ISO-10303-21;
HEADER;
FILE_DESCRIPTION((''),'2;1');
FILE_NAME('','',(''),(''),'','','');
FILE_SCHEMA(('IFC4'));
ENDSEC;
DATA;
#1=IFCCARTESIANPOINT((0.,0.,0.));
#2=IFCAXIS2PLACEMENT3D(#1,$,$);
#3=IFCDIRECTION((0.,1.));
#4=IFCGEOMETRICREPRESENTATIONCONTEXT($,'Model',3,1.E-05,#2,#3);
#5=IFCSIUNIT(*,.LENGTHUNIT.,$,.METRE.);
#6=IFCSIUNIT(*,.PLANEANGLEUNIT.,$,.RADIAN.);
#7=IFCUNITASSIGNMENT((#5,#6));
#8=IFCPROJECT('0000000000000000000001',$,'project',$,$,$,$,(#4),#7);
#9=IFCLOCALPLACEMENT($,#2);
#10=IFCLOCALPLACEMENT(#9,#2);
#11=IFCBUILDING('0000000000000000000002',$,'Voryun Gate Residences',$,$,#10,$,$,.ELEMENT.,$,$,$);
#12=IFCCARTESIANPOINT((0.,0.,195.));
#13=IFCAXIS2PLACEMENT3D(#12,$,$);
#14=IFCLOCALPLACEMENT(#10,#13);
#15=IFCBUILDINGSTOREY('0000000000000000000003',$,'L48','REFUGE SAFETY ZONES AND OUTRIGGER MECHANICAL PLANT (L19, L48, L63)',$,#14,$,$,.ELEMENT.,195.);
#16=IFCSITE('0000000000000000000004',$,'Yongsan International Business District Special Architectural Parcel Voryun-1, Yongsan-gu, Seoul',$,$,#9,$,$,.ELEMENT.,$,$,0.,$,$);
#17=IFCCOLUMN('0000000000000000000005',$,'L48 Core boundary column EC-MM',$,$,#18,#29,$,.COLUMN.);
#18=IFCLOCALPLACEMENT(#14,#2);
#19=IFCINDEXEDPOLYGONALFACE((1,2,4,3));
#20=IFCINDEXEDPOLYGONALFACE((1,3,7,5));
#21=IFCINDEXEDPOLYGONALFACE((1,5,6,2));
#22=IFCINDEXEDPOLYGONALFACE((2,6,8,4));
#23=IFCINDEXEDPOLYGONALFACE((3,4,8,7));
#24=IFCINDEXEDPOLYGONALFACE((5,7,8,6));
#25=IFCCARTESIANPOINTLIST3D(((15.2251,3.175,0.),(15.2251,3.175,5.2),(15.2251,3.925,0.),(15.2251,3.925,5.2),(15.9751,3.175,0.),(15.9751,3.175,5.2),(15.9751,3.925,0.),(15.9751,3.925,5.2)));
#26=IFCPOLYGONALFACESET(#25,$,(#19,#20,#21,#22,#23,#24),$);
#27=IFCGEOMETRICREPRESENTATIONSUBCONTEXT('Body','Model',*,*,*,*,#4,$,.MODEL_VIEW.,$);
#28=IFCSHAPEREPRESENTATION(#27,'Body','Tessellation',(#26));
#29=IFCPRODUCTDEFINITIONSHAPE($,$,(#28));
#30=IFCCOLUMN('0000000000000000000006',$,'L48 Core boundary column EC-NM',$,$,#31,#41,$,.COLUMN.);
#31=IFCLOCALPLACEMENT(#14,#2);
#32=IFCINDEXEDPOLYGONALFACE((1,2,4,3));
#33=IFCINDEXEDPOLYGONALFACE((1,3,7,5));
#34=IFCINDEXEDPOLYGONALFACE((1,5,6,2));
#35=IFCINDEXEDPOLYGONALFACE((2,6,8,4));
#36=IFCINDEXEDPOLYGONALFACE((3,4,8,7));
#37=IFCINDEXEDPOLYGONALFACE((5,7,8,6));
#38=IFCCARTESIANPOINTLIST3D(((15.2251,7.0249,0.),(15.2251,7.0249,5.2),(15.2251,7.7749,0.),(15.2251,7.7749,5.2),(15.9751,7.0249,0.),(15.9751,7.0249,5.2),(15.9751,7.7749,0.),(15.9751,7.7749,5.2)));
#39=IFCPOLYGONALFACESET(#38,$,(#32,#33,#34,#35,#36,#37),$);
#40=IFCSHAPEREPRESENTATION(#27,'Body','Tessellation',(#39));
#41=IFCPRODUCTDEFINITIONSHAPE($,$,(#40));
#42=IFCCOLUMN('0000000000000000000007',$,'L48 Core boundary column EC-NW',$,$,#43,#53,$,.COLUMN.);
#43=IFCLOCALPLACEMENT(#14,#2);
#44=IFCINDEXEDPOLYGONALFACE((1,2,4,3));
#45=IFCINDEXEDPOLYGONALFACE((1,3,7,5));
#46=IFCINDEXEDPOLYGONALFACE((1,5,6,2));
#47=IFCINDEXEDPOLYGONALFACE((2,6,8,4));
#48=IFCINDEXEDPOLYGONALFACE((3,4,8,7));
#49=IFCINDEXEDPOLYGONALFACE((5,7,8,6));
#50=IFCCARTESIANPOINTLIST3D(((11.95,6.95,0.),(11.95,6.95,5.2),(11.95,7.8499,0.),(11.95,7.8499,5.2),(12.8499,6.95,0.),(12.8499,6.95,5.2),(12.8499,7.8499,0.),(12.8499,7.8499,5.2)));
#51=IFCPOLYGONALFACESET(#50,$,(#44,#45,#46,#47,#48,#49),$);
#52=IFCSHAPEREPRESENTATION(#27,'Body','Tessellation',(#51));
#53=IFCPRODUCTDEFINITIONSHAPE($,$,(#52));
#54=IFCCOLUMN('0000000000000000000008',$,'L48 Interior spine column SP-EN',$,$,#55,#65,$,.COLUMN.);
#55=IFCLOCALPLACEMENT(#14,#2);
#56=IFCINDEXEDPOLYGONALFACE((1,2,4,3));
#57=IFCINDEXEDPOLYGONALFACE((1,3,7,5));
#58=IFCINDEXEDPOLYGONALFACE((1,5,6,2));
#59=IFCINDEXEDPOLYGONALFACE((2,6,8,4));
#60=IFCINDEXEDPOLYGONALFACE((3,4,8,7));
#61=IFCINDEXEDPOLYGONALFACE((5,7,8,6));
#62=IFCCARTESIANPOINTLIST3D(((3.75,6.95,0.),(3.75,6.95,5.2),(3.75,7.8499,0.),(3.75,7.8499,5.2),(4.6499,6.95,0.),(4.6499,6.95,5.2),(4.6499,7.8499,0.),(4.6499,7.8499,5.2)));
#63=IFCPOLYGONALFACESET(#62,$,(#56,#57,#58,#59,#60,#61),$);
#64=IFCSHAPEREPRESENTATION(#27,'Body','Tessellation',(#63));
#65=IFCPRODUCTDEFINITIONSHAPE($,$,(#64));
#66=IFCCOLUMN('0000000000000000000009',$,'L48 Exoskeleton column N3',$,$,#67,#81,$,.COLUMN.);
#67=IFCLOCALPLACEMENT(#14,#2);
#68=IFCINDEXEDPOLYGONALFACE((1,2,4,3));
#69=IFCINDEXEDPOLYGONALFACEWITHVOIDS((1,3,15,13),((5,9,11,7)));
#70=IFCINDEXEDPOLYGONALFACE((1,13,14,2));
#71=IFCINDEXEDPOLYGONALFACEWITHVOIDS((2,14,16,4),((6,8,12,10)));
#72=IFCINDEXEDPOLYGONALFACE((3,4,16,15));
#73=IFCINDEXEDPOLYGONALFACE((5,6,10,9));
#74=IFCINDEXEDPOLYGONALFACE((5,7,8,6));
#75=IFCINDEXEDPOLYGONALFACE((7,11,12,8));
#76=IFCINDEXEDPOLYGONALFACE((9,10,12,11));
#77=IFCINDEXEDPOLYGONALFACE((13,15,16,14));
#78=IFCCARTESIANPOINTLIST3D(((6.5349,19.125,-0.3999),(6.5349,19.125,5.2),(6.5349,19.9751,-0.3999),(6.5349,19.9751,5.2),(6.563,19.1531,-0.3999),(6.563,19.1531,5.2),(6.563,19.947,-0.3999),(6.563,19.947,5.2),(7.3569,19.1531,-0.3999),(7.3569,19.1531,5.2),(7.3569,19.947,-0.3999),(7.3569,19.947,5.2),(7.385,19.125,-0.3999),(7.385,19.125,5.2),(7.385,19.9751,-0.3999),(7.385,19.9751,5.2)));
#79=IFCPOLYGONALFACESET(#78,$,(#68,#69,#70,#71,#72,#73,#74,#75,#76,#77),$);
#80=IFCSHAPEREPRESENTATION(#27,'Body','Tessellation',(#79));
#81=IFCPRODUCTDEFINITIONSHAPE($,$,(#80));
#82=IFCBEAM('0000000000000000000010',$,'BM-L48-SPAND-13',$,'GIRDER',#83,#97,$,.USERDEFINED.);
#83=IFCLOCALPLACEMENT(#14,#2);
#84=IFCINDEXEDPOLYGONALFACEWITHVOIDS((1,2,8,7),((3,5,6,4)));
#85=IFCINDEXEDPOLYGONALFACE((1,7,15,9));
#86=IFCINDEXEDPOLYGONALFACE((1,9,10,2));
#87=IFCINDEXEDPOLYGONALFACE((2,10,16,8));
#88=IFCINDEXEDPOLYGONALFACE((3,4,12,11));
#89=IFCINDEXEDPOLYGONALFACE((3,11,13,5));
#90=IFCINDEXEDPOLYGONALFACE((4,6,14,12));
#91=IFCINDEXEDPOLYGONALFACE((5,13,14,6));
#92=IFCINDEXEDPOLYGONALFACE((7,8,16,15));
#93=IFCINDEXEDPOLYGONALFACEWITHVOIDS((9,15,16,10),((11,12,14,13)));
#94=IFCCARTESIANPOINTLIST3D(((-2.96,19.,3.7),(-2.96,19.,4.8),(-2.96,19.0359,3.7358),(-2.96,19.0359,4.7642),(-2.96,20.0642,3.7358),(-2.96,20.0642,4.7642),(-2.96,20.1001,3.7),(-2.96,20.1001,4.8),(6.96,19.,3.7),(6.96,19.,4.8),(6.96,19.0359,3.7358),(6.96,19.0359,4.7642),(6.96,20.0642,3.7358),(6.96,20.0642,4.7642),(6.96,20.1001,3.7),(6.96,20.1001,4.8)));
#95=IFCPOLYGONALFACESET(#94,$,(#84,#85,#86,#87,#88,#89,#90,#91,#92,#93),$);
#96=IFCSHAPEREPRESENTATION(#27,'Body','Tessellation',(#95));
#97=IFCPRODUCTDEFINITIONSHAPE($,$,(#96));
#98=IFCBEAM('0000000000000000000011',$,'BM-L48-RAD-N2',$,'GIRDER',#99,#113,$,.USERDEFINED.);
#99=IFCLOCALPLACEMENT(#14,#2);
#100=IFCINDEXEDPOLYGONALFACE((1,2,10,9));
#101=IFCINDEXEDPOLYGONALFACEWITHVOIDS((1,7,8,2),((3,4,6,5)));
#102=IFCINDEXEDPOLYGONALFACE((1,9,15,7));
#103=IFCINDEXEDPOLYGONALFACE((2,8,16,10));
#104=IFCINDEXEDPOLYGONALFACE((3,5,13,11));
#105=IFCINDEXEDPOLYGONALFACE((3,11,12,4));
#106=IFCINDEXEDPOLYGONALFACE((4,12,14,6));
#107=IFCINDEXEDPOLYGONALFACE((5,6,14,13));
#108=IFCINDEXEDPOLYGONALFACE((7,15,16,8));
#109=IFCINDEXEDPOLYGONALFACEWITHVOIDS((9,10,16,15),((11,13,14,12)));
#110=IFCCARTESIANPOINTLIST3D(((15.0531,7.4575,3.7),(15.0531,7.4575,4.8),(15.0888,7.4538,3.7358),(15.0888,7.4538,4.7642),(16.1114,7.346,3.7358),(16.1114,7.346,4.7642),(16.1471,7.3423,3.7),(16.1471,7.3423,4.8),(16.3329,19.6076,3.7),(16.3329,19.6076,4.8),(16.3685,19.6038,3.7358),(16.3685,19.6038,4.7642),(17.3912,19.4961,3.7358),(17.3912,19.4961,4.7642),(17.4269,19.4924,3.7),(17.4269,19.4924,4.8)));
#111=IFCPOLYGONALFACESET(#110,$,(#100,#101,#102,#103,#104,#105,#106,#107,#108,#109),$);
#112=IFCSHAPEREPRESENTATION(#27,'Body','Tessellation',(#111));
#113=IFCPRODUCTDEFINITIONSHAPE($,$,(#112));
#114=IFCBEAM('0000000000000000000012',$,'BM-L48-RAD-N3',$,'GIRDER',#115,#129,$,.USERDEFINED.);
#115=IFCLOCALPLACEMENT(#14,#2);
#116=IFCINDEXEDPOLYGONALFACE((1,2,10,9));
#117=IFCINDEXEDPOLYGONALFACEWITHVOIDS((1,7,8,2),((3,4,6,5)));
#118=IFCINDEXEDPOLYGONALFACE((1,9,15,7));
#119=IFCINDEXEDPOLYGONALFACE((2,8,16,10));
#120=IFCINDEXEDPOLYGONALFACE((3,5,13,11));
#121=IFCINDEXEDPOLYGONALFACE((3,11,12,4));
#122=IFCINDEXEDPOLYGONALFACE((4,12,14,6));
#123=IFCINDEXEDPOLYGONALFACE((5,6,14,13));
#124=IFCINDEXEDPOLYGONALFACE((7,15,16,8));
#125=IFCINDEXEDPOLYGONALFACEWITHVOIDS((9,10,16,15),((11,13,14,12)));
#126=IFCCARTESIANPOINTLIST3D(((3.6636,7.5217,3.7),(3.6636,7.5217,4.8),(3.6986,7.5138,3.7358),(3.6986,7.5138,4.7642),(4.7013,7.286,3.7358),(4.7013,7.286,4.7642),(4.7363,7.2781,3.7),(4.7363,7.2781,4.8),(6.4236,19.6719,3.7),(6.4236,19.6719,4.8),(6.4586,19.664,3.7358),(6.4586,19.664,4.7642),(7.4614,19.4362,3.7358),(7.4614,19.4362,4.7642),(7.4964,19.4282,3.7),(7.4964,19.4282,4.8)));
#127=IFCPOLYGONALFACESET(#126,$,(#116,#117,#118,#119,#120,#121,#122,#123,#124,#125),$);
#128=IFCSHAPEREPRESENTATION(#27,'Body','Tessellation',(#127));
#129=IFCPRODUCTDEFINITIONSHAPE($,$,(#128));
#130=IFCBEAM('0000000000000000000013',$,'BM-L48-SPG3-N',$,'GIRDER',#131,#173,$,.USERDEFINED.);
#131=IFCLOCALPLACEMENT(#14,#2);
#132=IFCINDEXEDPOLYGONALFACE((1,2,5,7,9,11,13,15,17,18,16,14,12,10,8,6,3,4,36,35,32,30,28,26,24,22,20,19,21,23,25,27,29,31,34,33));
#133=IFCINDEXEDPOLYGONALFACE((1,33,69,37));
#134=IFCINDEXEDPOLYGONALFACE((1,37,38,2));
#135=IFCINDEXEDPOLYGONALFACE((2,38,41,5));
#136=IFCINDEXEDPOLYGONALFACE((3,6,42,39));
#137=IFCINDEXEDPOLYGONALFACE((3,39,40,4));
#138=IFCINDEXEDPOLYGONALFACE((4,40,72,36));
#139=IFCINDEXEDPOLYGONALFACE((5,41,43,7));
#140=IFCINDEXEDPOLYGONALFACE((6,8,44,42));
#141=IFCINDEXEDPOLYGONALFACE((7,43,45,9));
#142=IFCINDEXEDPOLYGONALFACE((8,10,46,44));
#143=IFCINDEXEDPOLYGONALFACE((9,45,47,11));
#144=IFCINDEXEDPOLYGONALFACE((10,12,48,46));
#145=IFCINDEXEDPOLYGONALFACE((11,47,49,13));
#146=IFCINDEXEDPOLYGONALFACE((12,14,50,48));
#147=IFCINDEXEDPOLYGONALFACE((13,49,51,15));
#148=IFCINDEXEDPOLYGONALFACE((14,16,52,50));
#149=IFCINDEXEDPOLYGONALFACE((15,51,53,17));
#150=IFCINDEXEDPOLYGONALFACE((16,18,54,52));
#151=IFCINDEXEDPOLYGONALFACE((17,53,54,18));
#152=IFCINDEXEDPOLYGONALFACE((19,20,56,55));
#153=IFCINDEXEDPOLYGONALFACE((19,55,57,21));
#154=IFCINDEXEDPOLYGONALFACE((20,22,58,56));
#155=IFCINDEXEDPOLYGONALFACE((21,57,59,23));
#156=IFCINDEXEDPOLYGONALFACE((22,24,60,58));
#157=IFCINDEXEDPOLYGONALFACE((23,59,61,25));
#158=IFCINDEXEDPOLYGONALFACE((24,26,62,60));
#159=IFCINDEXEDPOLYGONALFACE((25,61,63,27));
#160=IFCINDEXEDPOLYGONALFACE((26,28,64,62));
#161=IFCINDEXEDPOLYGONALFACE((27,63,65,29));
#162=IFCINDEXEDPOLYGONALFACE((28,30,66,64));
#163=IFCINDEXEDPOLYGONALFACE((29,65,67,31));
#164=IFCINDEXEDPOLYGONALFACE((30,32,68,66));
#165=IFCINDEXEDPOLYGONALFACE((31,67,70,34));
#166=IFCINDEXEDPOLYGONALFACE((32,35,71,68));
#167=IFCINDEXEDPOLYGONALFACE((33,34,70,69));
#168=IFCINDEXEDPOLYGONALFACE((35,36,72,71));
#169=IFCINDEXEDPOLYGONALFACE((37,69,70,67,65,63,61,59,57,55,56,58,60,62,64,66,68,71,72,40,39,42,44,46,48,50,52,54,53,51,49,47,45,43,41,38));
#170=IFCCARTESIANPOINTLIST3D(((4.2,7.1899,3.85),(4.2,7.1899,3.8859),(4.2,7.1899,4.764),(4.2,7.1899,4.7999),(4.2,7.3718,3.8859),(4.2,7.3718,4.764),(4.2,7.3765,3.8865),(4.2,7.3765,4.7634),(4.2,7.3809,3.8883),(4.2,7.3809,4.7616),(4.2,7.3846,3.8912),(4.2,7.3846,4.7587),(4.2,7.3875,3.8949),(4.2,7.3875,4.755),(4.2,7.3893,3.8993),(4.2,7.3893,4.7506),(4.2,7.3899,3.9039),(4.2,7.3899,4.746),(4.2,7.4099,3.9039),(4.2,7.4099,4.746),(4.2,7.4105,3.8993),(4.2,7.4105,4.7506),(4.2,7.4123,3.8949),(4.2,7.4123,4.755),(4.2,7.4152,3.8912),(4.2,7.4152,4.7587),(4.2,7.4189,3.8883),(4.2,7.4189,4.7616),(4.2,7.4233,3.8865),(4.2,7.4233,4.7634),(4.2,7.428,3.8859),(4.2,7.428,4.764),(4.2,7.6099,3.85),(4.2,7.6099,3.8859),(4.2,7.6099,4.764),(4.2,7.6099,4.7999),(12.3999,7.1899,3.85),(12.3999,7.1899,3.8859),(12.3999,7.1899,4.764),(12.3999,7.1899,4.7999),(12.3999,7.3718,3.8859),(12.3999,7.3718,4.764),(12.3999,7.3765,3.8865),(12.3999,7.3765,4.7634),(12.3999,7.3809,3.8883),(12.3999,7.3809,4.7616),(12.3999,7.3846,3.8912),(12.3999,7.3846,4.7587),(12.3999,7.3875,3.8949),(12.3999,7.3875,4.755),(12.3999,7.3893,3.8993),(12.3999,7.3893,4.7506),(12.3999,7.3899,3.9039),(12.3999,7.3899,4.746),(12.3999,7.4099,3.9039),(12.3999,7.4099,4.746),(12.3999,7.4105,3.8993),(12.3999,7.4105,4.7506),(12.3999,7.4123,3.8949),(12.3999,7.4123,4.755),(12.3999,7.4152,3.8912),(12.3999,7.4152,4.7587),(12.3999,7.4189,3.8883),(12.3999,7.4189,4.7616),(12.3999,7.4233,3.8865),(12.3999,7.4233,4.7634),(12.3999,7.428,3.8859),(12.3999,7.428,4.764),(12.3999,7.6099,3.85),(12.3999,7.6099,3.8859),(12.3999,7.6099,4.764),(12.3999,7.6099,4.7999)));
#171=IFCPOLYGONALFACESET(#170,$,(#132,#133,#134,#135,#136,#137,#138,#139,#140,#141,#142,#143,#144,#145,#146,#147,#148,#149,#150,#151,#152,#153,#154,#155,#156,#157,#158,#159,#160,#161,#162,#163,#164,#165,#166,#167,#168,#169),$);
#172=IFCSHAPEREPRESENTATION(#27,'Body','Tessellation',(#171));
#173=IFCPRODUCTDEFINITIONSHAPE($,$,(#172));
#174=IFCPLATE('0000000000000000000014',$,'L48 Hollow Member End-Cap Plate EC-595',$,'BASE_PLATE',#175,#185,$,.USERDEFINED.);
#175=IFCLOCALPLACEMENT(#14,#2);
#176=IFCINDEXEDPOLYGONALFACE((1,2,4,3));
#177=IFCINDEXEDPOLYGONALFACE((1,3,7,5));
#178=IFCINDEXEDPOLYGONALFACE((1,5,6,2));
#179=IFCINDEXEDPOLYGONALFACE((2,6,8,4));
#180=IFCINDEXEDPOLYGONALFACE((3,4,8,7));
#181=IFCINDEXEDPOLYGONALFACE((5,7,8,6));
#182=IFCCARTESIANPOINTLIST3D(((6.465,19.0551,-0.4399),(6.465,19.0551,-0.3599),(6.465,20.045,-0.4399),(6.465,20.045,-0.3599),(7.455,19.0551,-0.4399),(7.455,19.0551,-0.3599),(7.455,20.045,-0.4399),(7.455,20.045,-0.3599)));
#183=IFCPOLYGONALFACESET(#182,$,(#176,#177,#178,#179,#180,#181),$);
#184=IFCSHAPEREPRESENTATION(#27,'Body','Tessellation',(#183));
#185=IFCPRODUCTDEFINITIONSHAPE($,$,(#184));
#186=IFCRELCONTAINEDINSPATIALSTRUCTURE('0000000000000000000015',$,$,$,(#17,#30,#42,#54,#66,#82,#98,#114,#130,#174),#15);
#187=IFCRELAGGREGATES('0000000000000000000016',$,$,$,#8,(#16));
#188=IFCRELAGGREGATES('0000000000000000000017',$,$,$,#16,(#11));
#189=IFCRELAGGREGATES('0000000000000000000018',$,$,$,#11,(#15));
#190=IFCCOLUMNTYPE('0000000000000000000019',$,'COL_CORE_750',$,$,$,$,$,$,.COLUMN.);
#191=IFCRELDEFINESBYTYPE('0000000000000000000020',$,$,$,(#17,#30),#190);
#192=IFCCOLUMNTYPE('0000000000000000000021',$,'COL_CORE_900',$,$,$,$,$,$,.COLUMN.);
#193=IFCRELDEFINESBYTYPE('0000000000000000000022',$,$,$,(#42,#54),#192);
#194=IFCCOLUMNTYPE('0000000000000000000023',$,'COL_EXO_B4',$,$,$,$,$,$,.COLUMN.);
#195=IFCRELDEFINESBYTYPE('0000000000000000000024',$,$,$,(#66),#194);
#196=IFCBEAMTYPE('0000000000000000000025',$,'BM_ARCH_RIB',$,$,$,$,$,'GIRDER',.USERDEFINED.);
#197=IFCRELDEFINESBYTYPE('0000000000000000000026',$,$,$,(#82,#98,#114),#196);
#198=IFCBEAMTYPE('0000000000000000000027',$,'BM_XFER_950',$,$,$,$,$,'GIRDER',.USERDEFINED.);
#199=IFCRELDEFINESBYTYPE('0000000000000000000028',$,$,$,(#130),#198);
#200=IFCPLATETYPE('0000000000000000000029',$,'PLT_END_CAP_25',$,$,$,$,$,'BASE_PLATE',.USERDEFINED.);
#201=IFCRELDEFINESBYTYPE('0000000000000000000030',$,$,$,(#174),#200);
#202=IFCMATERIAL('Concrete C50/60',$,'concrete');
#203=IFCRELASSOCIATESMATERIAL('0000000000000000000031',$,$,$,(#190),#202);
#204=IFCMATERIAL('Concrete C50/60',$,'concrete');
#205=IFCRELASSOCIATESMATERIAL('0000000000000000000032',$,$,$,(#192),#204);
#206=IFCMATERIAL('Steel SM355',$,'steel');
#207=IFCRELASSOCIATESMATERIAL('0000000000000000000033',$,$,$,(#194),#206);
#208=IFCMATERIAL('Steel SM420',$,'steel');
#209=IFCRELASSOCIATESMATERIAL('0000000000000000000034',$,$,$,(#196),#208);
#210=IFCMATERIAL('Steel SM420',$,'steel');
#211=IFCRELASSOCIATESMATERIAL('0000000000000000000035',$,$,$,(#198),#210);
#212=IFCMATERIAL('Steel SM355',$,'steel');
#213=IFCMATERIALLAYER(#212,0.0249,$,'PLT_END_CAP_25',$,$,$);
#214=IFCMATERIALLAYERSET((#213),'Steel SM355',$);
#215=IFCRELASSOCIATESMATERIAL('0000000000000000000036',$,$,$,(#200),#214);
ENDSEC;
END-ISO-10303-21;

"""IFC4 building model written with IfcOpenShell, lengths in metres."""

from ifc_helpers import new_model, si_unit, direction, frame, origin, origin_2d, place, context, subcontext, project, spatial, rectangle, hollow_rectangle, i_section, extrude, material, layer, layer_set, material_profile, profile_set, type_object, element, save


model = new_model("IFC4")

# Units and contexts
model_context = context("Model", 3, precision=1e-05, world=origin(), true_north=direction((0.0, 1.0)))
body_context = subcontext(model_context, "Body", "Model", "MODEL_VIEW")
ifc_project = project(units=[si_unit("LENGTHUNIT", "METRE"), si_unit("PLANEANGLEUNIT", "RADIAN")], contexts=[model_context])

# Site, building, storey
site_placement = place(None, origin())
site = spatial("IfcSite", under=ifc_project, at=site_placement, Name="Yongsan International Business District Special Architectural Parcel Voryun-1, Yongsan-gu, Seoul", CompositionType="ELEMENT", RefElevation=0.0)
building_placement = place(site_placement, origin())
building = spatial("IfcBuilding", under=site, at=building_placement, Name="Voryun Gate Residences", CompositionType="ELEMENT")
storey_placement = place(building_placement, frame((0.0, 0.0, 195.0)))
storey = spatial("IfcBuildingStorey", under=building, at=storey_placement, Name="L48", Description="REFUGE SAFETY ZONES AND OUTRIGGER MECHANICAL PLANT (L19, L48, L63)", CompositionType="ELEMENT", Elevation=195.0)

# Columns
ifc_material_1 = material(Name="Concrete C50/60", Category="concrete")
ifc_material_profile_1 = material_profile(ifc_material_1, rectangle(XDim=0.75, YDim=0.75, at=origin_2d()), Name="RC-750x750")
ifc_profile_set_1 = profile_set([ifc_material_profile_1], Name="Concrete C50/60")
column_type_1 = type_object("IfcColumnType", Name="COL_CORE_750", PredefinedType="COLUMN", material=ifc_profile_set_1)
for number, where, z_axis, x_axis, name in (
    (1, (15.6001, 3.55, 0.0), (0.0, 0.0, 1.0), (1.0, 0.0, 0.0), "L48 Core boundary column EC-MM"),
    (2, (15.6001, 7.3999, 0.0), (0.0, 0.0, 1.0), (1.0, 0.0, 0.0), "L48 Core boundary column EC-NM"),
):
    element("IfcColumn", number, at=place(storey_placement, frame(where, z_axis=z_axis, x_axis=x_axis)), inside=storey, type_object=column_type_1, Name=name, PredefinedType="COLUMN", context=body_context, shape_type="SweptSolid", body=[
        extrude(rectangle(XDim=0.75, YDim=0.75, at=origin_2d()), origin(), (0.0, 0.0, 1.0), 5.2),
    ])
ifc_material_2 = material(Name="Concrete C50/60", Category="concrete")
ifc_material_profile_2 = material_profile(ifc_material_2, rectangle(XDim=0.8999, YDim=0.8999, at=origin_2d()), Name="RC-900x900")
ifc_profile_set_2 = profile_set([ifc_material_profile_2], Name="Concrete C50/60")
column_type_2 = type_object("IfcColumnType", Name="COL_CORE_900", PredefinedType="COLUMN", material=ifc_profile_set_2)
for number, where, z_axis, x_axis, name in (
    (3, (12.3999, 7.3999, 0.0), (0.0, 0.0, 1.0), (1.0, 0.0, 0.0), "L48 Core boundary column EC-NW"),
    (4, (4.2, 7.3999, 0.0), (0.0, 0.0, 1.0), (1.0, 0.0, 0.0), "L48 Interior spine column SP-EN"),
):
    element("IfcColumn", number, at=place(storey_placement, frame(where, z_axis=z_axis, x_axis=x_axis)), inside=storey, type_object=column_type_2, Name=name, PredefinedType="COLUMN", context=body_context, shape_type="SweptSolid", body=[
        extrude(rectangle(XDim=0.8999, YDim=0.8999, at=origin_2d()), origin(), (0.0, 0.0, 1.0), 5.2),
    ])
ifc_material_3 = material(Name="Steel SM355", Category="steel")
ifc_material_profile_3 = material_profile(ifc_material_3, hollow_rectangle(XDim=0.8501, YDim=0.8501, WallThickness=0.0281, at=origin_2d()), Name="BOX-850x850x28")
ifc_profile_set_3 = profile_set([ifc_material_profile_3], Name="Steel SM355")
column_type_3 = type_object("IfcColumnType", Name="COL_EXO_B4", PredefinedType="COLUMN", material=ifc_profile_set_3)
column_placement = place(storey_placement, frame((6.96, 19.55, -0.3999), z_axis=(0.0, 0.0, 1.0), x_axis=(1.0, 0.0, 0.0)))
element("IfcColumn", 5, at=column_placement, inside=storey, type_object=column_type_3, Name="L48 Exoskeleton column N3", PredefinedType="COLUMN", context=body_context, shape_type="SweptSolid", body=[
    extrude(hollow_rectangle(XDim=0.8501, YDim=0.8501, WallThickness=0.0281, at=origin_2d()), origin(), (0.0, 0.0, 1.0), 5.5999),
])

# Beams
ifc_material_4 = material(Name="Steel SM420", Category="steel")
ifc_material_profile_4 = material_profile(ifc_material_4, hollow_rectangle(XDim=1.1001, YDim=1.1001, WallThickness=0.0359, at=origin_2d()), Name="BOX-1100x1100x36")
ifc_profile_set_4 = profile_set([ifc_material_profile_4], Name="Steel SM420")
beam_type_1 = type_object("IfcBeamType", Name="BM_ARCH_RIB", ElementType="GIRDER", PredefinedType="USERDEFINED", material=ifc_profile_set_4)
beam_1_placement = place(storey_placement, frame((6.96, 19.55, 4.25), z_axis=(-1.0, 0.0, 0.0), x_axis=(0.0, -1.0, 0.0)))
element("IfcBeam", 6, at=beam_1_placement, inside=storey, type_object=beam_type_1, Name="BM-L48-SPAND-13", ObjectType="GIRDER", PredefinedType="USERDEFINED", context=body_context, shape_type="SweptSolid", body=[
    extrude(hollow_rectangle(XDim=1.1001, YDim=1.1001, WallThickness=0.0359, at=origin_2d()), origin(), (0.0, 0.0, 1.0), 9.9199),
])
beam_2_placement = place(storey_placement, frame((15.6001, 7.3999, 4.25), z_axis=(0.104751, 0.994498, 0.0), x_axis=(-0.994498, 0.104751, 0.0)))
element("IfcBeam", 7, at=beam_2_placement, inside=storey, type_object=beam_type_1, Name="BM-L48-RAD-N2", ObjectType="GIRDER", PredefinedType="USERDEFINED", context=body_context, shape_type="SweptSolid", body=[
    extrude(hollow_rectangle(XDim=1.1001, YDim=1.1001, WallThickness=0.0359, at=origin_2d()), origin(), (0.0, 0.0, 1.0), 12.2173),
])
beam_3_placement = place(storey_placement, frame((4.2, 7.3999, 4.25), z_axis=(0.221515, 0.975157, 0.0), x_axis=(-0.975157, 0.221515, 0.0)))
element("IfcBeam", 8, at=beam_3_placement, inside=storey, type_object=beam_type_1, Name="BM-L48-RAD-N3", ObjectType="GIRDER", PredefinedType="USERDEFINED", context=body_context, shape_type="SweptSolid", body=[
    extrude(hollow_rectangle(XDim=1.1001, YDim=1.1001, WallThickness=0.0359, at=origin_2d()), origin(), (0.0, 0.0, 1.0), 12.4597),
])
ifc_material_5 = material(Name="Steel SM420", Category="steel")
ifc_material_profile_5 = material_profile(ifc_material_5, i_section(OverallWidth=0.4199, OverallDepth=0.95, WebThickness=0.02, FlangeThickness=0.0359, FilletRadius=0.0181, at=origin_2d()), Name="H-950x420x20x36")
ifc_profile_set_5 = profile_set([ifc_material_profile_5], Name="Steel SM420")
beam_type_2 = type_object("IfcBeamType", Name="BM_XFER_950", ElementType="GIRDER", PredefinedType="USERDEFINED", material=ifc_profile_set_5)
beam_4_placement = place(storey_placement, frame((4.2, 7.3999, 4.325), z_axis=(1.0, 0.0, 0.0), x_axis=(0.0, 1.0, 0.0)))
element("IfcBeam", 9, at=beam_4_placement, inside=storey, type_object=beam_type_2, Name="BM-L48-SPG3-N", ObjectType="GIRDER", PredefinedType="USERDEFINED", context=body_context, shape_type="SweptSolid", body=[
    extrude(i_section(OverallWidth=0.4199, OverallDepth=0.95, WebThickness=0.02, FlangeThickness=0.0359, FilletRadius=0.0181, at=origin_2d()), origin(), (0.0, 0.0, 1.0), 8.2),
])

# Plate
ifc_material_6 = material(Name="Steel SM355", Category="steel")
ifc_layer_1 = layer(ifc_material_6, 0.0249, Name="PLT_END_CAP_25")
ifc_layer_set_1 = layer_set([ifc_layer_1], Name="Steel SM355")
plate_type = type_object("IfcPlateType", Name="PLT_END_CAP_25", ElementType="BASE_PLATE", PredefinedType="USERDEFINED", material=ifc_layer_set_1)
plate_placement = place(storey_placement, frame((6.96, 19.55, -0.4399), z_axis=(0.0, 0.0, 1.0), x_axis=(1.0, 0.0, 0.0)))
element("IfcPlate", 10, at=plate_placement, inside=storey, type_object=plate_type, Name="L48 Hollow Member End-Cap Plate EC-595", ObjectType="BASE_PLATE", PredefinedType="USERDEFINED", context=body_context, shape_type="SweptSolid", body=[
    extrude(rectangle(XDim=0.99, YDim=0.99, at=origin_2d()), origin(), (0.0, 0.0, 1.0), 0.0801),
])

save(model, "model.ifc")
